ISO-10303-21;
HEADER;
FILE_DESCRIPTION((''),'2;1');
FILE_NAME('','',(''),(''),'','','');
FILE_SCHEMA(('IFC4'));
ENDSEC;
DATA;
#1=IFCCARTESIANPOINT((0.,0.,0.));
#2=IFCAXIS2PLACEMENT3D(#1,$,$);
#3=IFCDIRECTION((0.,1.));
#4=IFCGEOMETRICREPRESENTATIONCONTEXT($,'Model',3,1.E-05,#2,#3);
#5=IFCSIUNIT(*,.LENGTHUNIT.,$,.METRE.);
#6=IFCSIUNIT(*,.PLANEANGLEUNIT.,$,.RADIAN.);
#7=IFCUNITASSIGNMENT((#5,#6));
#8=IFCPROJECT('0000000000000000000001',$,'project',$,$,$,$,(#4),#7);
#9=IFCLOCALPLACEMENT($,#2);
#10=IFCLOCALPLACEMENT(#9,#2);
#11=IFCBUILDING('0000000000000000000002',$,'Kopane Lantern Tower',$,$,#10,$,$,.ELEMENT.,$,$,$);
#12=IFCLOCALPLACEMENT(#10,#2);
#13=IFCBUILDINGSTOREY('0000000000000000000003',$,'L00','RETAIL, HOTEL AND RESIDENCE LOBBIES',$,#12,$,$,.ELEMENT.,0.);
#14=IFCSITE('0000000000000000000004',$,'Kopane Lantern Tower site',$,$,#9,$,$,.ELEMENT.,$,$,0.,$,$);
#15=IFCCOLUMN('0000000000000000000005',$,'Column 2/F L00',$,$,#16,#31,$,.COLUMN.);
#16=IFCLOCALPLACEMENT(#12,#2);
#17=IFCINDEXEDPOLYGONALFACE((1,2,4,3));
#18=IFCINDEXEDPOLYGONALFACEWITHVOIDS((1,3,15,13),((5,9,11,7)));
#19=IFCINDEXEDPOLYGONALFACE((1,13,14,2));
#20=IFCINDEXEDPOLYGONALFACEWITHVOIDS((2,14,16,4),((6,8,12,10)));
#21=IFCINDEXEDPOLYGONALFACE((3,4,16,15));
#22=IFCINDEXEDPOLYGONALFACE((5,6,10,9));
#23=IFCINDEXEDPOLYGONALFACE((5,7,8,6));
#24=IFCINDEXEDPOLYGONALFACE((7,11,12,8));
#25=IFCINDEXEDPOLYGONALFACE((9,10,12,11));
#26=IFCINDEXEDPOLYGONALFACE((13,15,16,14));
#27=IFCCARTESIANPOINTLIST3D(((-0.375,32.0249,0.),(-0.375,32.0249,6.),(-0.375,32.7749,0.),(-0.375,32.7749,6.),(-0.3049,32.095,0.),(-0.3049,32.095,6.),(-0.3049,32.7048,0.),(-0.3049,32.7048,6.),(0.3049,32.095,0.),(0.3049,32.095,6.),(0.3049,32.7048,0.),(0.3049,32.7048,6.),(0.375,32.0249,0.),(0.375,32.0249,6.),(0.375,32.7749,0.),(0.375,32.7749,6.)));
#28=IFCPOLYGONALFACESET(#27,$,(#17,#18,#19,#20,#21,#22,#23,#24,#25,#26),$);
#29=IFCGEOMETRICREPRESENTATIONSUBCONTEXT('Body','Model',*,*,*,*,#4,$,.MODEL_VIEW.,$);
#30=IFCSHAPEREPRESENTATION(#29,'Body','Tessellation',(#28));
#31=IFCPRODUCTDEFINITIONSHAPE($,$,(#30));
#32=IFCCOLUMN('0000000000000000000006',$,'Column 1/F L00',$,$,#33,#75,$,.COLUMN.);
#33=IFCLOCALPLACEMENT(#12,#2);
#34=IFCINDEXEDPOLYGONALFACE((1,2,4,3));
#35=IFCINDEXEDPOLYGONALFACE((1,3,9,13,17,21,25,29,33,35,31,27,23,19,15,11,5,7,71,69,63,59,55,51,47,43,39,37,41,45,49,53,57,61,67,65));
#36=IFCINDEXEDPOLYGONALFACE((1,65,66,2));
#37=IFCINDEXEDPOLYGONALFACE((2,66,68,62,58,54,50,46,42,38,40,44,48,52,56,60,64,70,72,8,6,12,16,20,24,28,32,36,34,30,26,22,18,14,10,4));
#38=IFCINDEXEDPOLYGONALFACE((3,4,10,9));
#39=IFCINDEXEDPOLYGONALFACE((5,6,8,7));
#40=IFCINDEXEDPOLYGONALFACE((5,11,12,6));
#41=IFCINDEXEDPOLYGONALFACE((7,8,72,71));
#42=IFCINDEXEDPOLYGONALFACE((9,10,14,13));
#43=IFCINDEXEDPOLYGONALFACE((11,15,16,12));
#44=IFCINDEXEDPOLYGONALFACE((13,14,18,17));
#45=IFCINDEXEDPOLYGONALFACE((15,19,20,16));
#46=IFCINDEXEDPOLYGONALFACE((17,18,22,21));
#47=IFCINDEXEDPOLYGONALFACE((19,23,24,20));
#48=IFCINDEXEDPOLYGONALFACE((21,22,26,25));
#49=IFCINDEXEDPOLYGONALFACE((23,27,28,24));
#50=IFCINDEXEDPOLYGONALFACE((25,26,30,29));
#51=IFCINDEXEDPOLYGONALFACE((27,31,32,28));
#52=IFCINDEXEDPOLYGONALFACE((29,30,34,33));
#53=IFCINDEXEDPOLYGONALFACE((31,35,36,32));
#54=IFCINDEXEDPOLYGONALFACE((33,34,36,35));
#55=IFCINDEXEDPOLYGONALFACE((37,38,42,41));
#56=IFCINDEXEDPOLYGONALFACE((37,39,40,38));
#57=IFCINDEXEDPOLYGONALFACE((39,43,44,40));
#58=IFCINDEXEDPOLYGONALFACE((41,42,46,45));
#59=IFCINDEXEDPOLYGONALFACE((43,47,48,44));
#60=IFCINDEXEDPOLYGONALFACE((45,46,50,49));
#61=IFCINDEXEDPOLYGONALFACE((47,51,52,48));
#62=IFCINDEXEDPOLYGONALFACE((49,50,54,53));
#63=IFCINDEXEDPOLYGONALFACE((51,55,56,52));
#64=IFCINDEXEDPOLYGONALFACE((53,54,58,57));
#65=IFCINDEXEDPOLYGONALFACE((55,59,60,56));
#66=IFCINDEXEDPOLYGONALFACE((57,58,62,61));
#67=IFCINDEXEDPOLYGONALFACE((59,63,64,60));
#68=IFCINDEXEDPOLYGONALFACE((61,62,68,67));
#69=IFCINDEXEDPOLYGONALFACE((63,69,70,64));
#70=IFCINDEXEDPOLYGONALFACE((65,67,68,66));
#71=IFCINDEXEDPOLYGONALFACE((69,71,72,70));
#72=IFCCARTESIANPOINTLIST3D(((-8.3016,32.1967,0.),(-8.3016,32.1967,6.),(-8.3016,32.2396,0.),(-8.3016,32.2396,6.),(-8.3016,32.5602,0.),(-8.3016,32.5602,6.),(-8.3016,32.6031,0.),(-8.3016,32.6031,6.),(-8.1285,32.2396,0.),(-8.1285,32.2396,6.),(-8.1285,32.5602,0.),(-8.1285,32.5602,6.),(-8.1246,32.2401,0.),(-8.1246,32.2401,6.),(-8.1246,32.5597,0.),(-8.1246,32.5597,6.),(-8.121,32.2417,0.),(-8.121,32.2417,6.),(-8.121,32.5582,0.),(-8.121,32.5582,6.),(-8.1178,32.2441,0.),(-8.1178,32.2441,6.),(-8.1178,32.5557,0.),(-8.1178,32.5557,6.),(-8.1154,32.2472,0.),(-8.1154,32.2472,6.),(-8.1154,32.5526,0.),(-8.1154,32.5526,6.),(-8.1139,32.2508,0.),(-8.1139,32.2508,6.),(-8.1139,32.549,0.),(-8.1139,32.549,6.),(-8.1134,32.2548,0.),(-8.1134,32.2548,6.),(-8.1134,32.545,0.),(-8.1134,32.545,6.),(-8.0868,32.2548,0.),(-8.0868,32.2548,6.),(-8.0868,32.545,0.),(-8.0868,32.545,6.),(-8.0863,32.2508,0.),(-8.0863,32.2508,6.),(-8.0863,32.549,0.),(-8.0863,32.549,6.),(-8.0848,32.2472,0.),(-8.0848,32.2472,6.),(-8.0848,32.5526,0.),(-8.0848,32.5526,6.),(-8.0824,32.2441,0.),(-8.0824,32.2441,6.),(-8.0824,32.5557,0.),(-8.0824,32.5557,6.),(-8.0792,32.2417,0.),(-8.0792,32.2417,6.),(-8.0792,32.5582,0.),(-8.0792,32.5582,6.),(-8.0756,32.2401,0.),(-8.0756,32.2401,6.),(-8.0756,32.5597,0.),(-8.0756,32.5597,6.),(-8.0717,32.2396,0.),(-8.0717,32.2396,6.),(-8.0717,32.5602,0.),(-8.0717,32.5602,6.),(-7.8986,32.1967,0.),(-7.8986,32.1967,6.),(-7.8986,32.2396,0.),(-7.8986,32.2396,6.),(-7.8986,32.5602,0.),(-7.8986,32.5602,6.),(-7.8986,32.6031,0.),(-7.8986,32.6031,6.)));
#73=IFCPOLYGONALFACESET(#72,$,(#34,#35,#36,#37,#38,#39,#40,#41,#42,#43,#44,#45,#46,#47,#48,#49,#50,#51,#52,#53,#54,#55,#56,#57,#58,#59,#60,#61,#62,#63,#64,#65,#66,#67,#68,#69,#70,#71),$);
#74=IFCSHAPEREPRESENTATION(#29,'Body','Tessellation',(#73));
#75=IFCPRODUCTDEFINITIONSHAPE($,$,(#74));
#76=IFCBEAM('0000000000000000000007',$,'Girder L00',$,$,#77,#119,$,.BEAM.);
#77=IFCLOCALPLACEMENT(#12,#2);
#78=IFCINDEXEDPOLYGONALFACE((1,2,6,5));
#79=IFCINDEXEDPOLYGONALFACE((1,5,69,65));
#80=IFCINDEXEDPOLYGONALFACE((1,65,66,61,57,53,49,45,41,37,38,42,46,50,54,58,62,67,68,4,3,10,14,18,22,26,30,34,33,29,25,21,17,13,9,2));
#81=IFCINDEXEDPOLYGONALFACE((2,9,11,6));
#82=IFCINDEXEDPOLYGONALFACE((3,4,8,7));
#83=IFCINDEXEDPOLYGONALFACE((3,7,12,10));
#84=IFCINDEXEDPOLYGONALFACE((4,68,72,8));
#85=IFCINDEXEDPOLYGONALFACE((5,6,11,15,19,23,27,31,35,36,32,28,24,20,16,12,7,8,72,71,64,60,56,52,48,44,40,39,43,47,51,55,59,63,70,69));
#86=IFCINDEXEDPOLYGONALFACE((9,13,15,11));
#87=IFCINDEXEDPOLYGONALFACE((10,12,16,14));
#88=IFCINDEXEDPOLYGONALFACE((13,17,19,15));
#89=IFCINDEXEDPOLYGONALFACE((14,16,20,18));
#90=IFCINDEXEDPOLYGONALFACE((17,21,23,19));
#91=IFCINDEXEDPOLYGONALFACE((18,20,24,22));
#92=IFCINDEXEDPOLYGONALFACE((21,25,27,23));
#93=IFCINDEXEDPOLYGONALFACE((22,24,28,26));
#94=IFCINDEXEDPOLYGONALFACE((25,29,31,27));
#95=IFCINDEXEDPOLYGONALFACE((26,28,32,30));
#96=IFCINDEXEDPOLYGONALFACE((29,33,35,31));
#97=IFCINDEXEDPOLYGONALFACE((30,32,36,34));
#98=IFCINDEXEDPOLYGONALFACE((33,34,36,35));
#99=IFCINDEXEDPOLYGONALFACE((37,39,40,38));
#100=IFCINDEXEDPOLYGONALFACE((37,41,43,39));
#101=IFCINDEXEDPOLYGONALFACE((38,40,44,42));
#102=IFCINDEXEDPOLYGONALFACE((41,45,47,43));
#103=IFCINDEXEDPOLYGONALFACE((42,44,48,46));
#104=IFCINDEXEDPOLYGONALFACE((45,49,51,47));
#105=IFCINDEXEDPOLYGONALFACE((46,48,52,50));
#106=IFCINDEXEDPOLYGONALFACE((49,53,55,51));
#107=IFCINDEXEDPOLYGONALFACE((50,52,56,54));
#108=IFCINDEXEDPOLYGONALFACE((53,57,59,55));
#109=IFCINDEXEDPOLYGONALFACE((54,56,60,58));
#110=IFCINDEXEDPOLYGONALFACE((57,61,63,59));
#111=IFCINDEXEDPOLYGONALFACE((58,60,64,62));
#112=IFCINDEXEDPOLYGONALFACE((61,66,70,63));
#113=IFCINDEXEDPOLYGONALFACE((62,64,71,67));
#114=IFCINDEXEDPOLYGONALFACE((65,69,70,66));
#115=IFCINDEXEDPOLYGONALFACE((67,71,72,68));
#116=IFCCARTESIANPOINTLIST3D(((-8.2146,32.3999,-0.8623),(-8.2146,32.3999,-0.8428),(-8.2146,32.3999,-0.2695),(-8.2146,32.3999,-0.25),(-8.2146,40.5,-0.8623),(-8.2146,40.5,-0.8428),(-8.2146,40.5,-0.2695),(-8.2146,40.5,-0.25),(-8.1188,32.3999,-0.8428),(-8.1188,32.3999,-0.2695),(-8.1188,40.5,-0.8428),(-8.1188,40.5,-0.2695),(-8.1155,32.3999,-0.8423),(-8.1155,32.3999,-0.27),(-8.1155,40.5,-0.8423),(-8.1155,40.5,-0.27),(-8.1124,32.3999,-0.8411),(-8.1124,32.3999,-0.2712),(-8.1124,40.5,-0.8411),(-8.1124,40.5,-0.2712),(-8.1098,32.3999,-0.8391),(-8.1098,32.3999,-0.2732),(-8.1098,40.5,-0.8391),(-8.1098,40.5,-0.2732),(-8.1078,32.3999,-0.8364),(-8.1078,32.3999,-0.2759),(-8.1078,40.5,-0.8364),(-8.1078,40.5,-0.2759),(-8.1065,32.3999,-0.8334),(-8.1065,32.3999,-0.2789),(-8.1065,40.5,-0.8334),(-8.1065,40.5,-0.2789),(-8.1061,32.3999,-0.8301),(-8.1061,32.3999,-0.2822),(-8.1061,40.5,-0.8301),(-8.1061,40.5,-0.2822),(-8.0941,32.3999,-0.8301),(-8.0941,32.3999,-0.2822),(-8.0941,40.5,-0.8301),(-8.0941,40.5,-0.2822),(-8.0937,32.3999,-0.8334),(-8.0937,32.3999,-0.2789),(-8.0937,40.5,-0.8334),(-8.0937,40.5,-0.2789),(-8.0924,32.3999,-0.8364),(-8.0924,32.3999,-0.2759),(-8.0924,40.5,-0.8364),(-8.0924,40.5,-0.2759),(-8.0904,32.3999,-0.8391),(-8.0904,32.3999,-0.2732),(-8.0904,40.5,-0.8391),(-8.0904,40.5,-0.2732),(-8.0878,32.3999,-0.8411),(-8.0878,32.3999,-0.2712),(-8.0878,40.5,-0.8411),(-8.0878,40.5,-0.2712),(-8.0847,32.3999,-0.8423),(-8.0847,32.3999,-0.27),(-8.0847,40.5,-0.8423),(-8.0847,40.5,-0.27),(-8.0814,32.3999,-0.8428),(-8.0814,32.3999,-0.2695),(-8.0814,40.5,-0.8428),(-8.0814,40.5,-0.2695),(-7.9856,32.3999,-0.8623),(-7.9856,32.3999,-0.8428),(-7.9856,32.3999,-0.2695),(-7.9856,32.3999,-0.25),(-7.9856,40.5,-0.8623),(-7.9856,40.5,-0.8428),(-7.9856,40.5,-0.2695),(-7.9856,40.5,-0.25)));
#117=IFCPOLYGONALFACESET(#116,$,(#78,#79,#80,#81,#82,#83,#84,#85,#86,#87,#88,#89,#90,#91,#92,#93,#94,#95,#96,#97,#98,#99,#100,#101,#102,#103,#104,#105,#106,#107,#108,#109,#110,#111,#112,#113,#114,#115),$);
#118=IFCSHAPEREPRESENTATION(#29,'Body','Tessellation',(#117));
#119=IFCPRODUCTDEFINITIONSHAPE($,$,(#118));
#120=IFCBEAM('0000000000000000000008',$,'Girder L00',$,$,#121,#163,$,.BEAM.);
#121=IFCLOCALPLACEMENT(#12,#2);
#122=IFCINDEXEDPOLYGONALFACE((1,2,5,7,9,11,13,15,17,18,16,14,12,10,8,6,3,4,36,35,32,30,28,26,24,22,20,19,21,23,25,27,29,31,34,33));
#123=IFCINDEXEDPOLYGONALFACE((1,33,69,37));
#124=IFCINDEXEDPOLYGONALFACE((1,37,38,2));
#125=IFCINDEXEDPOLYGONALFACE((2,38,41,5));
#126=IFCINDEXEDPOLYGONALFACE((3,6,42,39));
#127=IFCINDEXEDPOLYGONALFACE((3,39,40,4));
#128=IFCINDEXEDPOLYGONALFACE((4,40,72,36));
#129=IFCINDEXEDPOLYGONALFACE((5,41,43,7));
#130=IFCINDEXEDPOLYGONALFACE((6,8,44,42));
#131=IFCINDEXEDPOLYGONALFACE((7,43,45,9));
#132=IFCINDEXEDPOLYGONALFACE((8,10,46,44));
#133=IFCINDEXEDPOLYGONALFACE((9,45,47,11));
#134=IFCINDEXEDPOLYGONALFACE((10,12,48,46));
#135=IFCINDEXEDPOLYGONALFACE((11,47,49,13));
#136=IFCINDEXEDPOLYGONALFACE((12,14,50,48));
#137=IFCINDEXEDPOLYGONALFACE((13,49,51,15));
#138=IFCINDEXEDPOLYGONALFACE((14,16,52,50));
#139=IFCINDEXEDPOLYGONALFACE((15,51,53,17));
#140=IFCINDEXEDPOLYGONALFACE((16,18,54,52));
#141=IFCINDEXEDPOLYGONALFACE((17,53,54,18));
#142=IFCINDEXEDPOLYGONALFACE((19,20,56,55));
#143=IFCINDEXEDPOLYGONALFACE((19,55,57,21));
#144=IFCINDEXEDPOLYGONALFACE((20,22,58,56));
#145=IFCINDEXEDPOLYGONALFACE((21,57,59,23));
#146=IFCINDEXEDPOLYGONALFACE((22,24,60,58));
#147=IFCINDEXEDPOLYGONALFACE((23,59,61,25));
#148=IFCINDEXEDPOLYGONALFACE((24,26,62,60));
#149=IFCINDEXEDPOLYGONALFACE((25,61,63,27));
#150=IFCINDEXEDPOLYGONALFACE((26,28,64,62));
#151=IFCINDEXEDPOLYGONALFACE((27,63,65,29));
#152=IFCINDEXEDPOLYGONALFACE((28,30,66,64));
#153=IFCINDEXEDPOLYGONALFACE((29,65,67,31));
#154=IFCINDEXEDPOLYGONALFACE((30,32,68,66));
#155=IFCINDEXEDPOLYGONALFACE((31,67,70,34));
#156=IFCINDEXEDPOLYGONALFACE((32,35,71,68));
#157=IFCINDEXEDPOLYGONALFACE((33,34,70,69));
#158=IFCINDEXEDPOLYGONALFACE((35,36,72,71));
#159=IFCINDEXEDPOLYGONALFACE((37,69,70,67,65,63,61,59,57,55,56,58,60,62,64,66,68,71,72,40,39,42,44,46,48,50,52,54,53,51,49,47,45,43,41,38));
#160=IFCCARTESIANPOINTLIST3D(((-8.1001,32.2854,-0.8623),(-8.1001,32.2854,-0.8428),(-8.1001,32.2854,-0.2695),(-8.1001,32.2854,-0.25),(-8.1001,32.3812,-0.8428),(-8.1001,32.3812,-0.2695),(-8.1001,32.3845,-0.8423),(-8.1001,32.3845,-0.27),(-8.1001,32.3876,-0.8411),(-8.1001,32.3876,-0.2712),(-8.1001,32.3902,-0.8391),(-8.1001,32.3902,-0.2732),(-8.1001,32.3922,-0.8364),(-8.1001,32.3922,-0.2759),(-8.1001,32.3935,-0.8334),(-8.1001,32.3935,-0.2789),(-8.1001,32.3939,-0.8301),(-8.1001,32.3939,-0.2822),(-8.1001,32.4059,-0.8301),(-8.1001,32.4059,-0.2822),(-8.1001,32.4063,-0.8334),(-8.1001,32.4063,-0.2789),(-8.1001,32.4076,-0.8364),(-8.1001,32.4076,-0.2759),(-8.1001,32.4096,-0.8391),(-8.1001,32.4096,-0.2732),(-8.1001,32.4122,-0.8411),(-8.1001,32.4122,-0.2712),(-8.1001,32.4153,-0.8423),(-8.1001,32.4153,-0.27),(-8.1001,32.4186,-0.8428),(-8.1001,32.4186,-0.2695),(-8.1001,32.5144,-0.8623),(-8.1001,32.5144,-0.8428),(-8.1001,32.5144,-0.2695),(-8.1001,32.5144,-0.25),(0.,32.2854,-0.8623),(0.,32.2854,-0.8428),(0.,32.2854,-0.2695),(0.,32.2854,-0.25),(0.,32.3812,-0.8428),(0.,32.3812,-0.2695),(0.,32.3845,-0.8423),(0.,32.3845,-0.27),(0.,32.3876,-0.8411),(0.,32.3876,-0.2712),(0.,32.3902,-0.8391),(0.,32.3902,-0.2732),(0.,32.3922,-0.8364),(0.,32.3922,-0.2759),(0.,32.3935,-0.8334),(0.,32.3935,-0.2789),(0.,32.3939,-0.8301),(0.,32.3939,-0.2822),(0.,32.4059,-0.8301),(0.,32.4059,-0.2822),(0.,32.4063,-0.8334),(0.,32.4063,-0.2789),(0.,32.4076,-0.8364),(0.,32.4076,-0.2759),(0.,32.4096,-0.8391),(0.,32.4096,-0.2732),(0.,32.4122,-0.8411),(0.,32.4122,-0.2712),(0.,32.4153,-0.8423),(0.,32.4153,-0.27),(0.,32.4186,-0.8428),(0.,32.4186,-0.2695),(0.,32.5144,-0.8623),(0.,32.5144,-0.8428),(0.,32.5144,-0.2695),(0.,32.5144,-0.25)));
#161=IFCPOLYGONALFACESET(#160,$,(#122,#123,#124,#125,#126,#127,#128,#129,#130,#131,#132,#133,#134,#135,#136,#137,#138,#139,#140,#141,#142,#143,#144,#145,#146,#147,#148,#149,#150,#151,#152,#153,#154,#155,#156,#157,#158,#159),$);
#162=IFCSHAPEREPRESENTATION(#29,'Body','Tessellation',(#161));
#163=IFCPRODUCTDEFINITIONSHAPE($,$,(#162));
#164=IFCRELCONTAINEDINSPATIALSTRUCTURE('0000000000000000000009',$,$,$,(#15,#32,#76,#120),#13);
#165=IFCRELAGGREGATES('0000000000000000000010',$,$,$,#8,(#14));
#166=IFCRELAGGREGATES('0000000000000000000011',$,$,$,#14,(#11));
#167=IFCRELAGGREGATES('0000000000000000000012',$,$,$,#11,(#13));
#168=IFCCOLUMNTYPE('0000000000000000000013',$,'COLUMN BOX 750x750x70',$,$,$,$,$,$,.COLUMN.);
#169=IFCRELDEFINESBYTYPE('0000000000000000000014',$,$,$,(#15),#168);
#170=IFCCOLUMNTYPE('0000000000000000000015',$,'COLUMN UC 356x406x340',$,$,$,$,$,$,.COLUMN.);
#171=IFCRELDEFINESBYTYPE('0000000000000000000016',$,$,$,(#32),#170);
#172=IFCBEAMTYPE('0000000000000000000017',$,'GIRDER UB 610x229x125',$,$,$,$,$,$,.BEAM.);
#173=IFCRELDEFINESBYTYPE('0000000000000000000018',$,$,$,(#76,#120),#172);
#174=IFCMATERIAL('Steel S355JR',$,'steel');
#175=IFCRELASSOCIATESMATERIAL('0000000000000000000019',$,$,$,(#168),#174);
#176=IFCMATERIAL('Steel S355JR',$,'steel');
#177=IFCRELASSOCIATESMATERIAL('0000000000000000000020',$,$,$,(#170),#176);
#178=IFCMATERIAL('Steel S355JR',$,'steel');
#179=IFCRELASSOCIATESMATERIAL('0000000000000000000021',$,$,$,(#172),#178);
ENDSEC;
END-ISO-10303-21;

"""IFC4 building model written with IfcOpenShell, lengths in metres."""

from ifc_helpers import new_model, si_unit, direction, frame, origin, origin_2d, place, context, subcontext, project, spatial, hollow_rectangle, i_section, extrude, material, material_profile, profile_set, type_object, element, save


model = new_model("IFC4")

# Units and contexts
model_context = context("Model", 3, precision=1e-05, world=origin(), true_north=direction((0.0, 1.0)))
body_context = subcontext(model_context, "Body", "Model", "MODEL_VIEW")
ifc_project = project(units=[si_unit("LENGTHUNIT", "METRE"), si_unit("PLANEANGLEUNIT", "RADIAN")], contexts=[model_context])

# Site, building, storey
site_placement = place(None, origin())
site = spatial("IfcSite", under=ifc_project, at=site_placement, Name="Kopane Lantern Tower site", CompositionType="ELEMENT", RefElevation=0.0)
building_placement = place(site_placement, origin())
building = spatial("IfcBuilding", under=site, at=building_placement, Name="Kopane Lantern Tower", CompositionType="ELEMENT")
storey_placement = place(building_placement, origin())
storey = spatial("IfcBuildingStorey", under=building, at=storey_placement, Name="L00", Description="RETAIL, HOTEL AND RESIDENCE LOBBIES", CompositionType="ELEMENT", Elevation=0.0)

# Columns
ifc_material_1 = material(Name="Steel S355JR", Category="steel")
ifc_material_profile_1 = material_profile(ifc_material_1, hollow_rectangle(XDim=0.75, YDim=0.75, WallThickness=0.0701, at=origin_2d()), Name="BOX 750x750x70")
ifc_profile_set_1 = profile_set([ifc_material_profile_1], Name="Steel S355JR")
column_type_1 = type_object("IfcColumnType", Name="COLUMN BOX 750x750x70", PredefinedType="COLUMN", material=ifc_profile_set_1)
column_1_placement = place(storey_placement, frame((0.0, 32.3999, 0.0), z_axis=(0.0, 0.0, 1.0), x_axis=(1.0, 0.0, 0.0)))
element("IfcColumn", 1, at=column_1_placement, inside=storey, type_object=column_type_1, Name="Column 2/F L00", PredefinedType="COLUMN", context=body_context, shape_type="SweptSolid", body=[
    extrude(hollow_rectangle(XDim=0.75, YDim=0.75, WallThickness=0.0701, at=origin_2d()), origin(), (0.0, 0.0, 1.0), 6.0),
])
ifc_material_2 = material(Name="Steel S355JR", Category="steel")
ifc_material_profile_2 = material_profile(ifc_material_2, i_section(OverallWidth=0.4031, OverallDepth=0.4065, WebThickness=0.0266, FlangeThickness=0.043, FilletRadius=0.0151, at=origin_2d()), Name="UC 356x406x340")
ifc_profile_set_2 = profile_set([ifc_material_profile_2], Name="Steel S355JR")
column_type_2 = type_object("IfcColumnType", Name="COLUMN UC 356x406x340", PredefinedType="COLUMN", material=ifc_profile_set_2)
column_2_placement = place(storey_placement, frame((-8.1001, 32.3999, 0.0), z_axis=(0.0, 0.0, 1.0), x_axis=(1.0, 0.0, 0.0)))
element("IfcColumn", 2, at=column_2_placement, inside=storey, type_object=column_type_2, Name="Column 1/F L00", PredefinedType="COLUMN", context=body_context, shape_type="SweptSolid", body=[
    extrude(i_section(OverallWidth=0.4031, OverallDepth=0.4065, WebThickness=0.0266, FlangeThickness=0.043, FilletRadius=0.0151, at=origin_2d()), origin(), (0.0, 0.0, 1.0), 6.0),
])

# Beams
ifc_material_3 = material(Name="Steel S355JR", Category="steel")
ifc_material_profile_3 = material_profile(ifc_material_3, i_section(OverallWidth=0.229, OverallDepth=0.6123, WebThickness=0.012, FlangeThickness=0.0195, FilletRadius=0.0127, at=origin_2d()), Name="UB 610x229x125")
ifc_profile_set_3 = profile_set([ifc_material_profile_3], Name="Steel S355JR")
beam_type = type_object("IfcBeamType", Name="GIRDER UB 610x229x125", PredefinedType="BEAM", material=ifc_profile_set_3)
for number, where, z_axis, x_axis, name in (
    (3, (-8.1001, 32.3999, -0.5562), (0.0, 1.0, 0.0), (-1.0, 0.0, 0.0), "Girder L00"),
    (4, (-8.1001, 32.3999, -0.5562), (1.0, 0.0, 0.0), (0.0, 1.0, 0.0), "Girder L00"),
):
    element("IfcBeam", number, at=place(storey_placement, frame(where, z_axis=z_axis, x_axis=x_axis)), inside=storey, type_object=beam_type, Name=name, PredefinedType="BEAM", context=body_context, shape_type="SweptSolid", body=[
        extrude(i_section(OverallWidth=0.229, OverallDepth=0.6123, WebThickness=0.012, FlangeThickness=0.0195, FilletRadius=0.0127, at=origin_2d()), origin(), (0.0, 0.0, 1.0), 8.1001),
    ])

save(model, "model.ifc")
